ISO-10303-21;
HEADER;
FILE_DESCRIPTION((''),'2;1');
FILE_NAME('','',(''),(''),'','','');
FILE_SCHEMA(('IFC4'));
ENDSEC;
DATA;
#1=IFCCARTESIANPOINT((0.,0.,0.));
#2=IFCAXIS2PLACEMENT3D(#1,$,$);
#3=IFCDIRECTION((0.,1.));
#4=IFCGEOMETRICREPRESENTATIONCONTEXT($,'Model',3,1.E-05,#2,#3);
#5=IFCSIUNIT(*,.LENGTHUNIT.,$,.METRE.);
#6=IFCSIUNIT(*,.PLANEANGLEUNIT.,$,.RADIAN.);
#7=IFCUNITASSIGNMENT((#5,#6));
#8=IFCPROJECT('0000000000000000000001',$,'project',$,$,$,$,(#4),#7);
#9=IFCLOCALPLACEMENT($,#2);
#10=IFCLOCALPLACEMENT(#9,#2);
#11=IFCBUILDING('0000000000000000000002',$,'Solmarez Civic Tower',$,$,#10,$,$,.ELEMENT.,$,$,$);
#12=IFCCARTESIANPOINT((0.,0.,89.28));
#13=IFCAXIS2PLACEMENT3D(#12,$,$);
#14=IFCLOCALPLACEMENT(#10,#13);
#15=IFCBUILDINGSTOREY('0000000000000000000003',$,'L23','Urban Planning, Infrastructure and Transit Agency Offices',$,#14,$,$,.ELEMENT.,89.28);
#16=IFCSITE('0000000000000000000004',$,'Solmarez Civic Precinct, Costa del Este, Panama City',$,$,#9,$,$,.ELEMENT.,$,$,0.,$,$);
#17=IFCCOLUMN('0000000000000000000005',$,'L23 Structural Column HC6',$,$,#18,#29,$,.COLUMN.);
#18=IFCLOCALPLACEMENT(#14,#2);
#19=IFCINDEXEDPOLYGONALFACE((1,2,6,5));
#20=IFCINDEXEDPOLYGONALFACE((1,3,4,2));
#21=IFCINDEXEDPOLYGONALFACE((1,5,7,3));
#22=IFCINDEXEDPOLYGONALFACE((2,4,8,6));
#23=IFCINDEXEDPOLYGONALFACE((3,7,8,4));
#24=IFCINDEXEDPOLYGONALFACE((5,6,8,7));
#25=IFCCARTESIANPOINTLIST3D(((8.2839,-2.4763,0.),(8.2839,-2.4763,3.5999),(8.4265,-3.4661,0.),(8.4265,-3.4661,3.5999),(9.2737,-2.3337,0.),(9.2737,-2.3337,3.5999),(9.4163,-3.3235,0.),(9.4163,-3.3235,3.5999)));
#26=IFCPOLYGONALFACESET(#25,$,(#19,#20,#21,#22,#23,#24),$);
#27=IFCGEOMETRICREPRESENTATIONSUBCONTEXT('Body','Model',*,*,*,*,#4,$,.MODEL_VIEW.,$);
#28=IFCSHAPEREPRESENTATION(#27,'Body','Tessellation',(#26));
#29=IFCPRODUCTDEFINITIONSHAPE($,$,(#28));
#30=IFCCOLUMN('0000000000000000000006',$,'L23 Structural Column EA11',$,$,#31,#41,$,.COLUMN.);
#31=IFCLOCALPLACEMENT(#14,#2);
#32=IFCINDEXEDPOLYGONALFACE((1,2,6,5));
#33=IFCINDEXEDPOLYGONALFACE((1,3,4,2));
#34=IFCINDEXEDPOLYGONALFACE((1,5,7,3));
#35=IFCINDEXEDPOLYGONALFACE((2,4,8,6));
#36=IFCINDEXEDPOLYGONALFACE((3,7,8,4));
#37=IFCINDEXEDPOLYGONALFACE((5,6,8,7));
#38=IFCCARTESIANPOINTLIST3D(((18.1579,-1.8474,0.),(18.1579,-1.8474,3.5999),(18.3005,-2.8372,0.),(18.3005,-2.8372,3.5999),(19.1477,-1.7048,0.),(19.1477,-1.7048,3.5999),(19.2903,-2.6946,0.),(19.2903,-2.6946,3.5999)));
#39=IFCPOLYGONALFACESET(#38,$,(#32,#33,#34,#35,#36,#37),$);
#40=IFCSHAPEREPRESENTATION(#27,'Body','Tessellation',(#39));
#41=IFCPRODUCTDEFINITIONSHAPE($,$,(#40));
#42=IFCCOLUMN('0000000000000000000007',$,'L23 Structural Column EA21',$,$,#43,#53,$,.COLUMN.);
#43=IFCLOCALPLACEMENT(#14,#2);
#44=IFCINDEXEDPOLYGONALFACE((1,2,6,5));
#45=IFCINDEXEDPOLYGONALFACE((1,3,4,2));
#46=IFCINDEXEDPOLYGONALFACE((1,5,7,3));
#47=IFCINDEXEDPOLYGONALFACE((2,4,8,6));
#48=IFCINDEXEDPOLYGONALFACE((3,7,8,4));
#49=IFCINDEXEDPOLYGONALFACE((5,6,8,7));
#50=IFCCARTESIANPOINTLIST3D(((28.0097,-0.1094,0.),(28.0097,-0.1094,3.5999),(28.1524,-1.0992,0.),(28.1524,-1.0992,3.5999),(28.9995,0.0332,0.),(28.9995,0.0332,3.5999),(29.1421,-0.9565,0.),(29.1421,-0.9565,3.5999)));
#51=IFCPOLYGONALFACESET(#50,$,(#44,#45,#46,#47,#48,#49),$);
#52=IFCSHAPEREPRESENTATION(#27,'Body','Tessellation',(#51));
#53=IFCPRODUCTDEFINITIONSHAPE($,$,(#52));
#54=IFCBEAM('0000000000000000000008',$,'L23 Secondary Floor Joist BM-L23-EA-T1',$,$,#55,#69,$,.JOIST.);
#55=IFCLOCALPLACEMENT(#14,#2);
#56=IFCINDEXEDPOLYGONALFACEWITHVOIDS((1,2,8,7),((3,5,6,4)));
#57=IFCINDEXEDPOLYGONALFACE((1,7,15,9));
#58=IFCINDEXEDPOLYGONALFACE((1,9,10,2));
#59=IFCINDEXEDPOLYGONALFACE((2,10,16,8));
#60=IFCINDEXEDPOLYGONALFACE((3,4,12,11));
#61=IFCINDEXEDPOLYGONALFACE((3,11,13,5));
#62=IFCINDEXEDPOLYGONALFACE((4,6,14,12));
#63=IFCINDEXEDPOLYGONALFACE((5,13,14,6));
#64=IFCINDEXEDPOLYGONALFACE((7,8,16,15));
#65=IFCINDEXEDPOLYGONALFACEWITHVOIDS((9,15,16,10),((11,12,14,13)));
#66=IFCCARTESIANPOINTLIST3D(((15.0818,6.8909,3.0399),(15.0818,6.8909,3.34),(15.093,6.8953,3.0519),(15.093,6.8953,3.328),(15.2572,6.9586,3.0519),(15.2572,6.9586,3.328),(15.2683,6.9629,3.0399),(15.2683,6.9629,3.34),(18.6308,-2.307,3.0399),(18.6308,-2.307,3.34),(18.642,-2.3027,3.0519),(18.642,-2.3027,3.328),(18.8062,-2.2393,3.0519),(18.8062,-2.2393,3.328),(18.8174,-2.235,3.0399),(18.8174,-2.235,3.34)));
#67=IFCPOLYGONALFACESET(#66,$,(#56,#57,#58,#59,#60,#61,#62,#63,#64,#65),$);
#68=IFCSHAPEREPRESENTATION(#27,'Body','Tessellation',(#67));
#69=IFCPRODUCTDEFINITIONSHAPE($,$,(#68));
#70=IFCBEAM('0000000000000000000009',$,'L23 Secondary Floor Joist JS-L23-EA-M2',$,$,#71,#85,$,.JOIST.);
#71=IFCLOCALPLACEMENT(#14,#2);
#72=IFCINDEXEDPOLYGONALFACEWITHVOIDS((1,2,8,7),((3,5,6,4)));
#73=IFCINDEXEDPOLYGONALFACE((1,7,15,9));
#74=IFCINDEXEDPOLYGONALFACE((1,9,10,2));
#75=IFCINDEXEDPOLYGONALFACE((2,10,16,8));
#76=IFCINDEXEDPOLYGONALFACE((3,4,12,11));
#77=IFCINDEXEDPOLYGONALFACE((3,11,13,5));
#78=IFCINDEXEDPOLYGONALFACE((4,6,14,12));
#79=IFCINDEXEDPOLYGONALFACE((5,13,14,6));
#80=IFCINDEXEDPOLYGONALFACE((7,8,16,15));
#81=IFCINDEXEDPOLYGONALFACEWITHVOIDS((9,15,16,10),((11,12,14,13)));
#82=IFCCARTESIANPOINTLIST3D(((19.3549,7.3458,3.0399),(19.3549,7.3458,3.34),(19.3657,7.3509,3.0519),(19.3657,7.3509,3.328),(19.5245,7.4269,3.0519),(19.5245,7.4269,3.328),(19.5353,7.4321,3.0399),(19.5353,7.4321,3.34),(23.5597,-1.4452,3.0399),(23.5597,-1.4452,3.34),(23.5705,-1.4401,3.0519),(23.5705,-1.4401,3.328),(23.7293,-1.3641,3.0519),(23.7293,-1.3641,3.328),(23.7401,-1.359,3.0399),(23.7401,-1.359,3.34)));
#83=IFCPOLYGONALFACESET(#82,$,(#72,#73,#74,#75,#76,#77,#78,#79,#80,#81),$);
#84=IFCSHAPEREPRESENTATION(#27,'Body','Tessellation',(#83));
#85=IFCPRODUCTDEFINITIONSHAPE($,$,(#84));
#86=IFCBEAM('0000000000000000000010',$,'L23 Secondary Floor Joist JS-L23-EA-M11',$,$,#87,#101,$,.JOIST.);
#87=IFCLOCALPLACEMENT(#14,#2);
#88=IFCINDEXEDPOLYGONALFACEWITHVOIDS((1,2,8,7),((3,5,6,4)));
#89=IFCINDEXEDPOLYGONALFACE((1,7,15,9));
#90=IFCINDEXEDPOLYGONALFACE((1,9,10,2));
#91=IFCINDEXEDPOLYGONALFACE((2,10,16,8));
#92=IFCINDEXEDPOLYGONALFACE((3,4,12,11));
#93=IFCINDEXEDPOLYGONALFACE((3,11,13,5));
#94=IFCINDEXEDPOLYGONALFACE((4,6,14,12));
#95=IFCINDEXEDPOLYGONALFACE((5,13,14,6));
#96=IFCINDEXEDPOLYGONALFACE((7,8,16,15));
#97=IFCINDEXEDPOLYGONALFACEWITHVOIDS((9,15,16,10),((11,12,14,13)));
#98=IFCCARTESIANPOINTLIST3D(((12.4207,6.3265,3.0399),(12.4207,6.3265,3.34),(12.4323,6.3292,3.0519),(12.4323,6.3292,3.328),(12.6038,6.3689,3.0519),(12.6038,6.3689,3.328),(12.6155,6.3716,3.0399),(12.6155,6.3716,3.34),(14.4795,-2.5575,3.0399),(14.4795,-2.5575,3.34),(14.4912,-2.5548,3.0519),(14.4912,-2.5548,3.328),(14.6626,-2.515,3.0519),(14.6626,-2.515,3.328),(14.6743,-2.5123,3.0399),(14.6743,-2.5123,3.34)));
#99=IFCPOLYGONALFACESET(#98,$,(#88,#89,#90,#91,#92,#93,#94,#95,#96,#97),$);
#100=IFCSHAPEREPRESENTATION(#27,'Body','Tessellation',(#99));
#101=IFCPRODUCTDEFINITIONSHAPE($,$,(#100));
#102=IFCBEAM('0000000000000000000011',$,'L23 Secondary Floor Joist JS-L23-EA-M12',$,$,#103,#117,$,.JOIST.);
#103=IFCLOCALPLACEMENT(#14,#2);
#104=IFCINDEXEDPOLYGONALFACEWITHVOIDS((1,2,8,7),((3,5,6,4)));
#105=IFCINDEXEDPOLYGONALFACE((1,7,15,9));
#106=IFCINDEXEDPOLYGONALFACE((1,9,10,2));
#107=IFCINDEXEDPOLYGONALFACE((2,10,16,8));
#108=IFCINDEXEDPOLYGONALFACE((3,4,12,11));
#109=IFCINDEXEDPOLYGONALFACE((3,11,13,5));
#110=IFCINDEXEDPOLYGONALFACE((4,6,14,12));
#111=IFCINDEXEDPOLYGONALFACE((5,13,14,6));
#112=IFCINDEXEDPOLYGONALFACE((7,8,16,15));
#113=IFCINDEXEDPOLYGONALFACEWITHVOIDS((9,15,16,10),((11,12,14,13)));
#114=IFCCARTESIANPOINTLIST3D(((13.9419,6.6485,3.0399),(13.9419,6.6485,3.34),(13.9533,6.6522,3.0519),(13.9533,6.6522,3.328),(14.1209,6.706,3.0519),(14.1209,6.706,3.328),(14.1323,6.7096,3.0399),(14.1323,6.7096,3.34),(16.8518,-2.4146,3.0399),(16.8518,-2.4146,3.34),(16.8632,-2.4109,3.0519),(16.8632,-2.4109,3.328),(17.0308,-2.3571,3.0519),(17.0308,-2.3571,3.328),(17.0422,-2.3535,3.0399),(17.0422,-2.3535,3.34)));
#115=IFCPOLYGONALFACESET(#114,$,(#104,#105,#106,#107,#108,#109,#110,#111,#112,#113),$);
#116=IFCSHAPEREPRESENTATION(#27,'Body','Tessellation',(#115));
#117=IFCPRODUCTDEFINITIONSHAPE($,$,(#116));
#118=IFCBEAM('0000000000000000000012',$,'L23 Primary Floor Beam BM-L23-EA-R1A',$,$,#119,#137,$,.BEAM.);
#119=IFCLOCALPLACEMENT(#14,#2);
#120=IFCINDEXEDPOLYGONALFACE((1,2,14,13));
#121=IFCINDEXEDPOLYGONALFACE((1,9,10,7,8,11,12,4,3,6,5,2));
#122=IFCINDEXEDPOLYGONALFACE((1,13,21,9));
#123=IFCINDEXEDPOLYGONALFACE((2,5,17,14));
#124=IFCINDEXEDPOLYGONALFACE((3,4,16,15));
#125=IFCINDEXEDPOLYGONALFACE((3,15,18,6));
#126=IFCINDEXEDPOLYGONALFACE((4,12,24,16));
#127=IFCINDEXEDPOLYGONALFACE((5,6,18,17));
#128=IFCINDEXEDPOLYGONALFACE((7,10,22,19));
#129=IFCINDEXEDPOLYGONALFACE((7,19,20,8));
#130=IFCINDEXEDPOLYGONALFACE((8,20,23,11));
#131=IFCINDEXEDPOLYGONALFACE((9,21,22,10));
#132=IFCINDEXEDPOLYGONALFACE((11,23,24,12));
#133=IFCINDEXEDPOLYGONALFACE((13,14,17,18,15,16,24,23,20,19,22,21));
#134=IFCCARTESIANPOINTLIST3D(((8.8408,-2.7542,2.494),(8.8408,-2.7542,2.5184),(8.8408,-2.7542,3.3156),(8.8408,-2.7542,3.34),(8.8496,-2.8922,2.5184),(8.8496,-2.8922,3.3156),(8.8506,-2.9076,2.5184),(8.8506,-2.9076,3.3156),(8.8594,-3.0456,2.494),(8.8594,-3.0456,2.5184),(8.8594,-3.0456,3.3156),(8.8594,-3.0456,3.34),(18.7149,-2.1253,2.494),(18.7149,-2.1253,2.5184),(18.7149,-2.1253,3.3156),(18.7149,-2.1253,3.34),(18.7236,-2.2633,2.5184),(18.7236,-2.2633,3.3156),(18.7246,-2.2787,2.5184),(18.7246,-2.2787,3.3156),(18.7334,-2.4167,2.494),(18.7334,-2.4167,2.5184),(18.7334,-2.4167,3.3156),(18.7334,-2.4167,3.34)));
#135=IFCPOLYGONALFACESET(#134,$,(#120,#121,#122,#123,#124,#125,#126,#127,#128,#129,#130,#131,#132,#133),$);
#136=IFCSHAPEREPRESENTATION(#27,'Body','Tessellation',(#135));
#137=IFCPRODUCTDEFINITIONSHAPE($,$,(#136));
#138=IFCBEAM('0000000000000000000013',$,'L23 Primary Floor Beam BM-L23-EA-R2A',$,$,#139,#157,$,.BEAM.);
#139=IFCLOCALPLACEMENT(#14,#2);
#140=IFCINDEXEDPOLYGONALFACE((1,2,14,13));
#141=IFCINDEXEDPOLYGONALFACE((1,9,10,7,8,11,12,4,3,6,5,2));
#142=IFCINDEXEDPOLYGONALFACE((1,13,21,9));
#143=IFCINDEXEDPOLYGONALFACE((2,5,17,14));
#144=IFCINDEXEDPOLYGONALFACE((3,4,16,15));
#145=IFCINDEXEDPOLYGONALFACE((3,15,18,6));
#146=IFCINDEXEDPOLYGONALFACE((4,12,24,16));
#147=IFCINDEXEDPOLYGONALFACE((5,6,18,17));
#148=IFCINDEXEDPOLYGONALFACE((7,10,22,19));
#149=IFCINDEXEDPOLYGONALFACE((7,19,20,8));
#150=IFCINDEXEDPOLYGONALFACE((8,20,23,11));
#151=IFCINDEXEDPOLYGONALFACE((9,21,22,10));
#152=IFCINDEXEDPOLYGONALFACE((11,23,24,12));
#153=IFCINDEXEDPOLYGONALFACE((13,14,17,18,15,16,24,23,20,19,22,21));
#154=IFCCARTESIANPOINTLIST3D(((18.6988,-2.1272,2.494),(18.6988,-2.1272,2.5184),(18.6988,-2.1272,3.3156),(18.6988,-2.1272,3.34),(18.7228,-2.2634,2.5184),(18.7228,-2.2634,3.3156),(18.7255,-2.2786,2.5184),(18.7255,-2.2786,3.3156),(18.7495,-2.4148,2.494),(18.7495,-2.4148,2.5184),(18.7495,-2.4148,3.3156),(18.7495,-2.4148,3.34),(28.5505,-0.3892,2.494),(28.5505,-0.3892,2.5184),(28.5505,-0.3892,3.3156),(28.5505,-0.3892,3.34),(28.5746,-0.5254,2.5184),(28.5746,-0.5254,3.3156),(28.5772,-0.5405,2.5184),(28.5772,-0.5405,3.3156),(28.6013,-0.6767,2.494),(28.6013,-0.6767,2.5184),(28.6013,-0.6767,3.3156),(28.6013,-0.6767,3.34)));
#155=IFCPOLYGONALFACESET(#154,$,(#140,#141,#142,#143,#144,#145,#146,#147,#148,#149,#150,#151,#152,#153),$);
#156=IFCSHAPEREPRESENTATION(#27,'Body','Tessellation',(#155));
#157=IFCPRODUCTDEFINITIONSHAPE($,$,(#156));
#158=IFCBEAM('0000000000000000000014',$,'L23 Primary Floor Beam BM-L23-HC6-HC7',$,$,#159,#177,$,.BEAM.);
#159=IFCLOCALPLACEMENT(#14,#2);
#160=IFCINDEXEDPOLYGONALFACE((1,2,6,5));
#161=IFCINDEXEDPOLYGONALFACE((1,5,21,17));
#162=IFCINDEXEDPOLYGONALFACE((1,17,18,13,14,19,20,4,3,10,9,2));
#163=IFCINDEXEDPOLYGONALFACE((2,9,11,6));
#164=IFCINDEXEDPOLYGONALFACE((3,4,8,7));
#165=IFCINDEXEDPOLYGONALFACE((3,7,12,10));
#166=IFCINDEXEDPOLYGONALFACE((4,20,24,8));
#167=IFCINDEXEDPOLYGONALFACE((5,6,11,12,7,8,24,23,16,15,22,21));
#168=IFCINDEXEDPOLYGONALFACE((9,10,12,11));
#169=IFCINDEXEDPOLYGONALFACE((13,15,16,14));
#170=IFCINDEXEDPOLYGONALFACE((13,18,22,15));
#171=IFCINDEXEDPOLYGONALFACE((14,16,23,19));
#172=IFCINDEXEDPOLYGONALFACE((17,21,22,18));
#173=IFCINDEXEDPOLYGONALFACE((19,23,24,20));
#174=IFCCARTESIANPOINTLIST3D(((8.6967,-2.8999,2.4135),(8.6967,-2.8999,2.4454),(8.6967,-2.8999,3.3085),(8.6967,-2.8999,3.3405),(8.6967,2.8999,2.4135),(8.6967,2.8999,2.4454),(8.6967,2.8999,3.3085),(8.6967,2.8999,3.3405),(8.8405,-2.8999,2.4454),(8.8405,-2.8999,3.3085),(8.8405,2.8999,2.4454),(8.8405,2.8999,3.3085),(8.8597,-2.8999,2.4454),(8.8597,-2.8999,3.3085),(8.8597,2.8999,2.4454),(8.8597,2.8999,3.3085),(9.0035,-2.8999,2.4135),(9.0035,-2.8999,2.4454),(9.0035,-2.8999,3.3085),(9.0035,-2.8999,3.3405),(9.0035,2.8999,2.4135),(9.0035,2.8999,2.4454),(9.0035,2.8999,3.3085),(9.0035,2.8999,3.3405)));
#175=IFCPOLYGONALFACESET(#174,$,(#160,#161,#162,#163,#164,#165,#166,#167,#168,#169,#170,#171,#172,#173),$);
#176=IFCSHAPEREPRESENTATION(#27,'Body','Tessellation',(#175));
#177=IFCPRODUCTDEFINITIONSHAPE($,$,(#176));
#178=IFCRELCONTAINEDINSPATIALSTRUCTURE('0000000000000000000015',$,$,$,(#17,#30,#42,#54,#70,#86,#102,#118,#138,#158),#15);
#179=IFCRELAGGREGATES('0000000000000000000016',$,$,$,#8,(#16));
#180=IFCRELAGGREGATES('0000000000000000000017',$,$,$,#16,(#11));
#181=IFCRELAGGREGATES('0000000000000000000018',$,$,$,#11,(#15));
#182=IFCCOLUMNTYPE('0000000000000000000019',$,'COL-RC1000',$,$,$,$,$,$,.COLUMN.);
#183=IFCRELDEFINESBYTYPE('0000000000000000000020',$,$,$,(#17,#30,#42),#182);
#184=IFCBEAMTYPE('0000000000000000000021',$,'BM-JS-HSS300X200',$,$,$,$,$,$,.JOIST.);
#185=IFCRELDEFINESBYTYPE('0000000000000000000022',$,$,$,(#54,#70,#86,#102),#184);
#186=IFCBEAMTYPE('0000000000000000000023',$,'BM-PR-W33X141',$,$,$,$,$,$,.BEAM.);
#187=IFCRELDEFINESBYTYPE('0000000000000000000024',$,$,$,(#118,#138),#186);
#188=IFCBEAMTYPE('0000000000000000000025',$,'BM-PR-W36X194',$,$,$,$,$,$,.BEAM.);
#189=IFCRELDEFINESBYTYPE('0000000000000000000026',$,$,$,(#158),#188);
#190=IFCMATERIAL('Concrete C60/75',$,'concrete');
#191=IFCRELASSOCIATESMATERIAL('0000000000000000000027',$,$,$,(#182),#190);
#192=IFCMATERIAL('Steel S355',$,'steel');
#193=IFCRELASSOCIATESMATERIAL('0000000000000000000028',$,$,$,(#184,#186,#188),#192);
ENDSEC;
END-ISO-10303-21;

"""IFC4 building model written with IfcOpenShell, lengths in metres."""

from ifc_helpers import new_model, si_unit, direction, frame, origin, origin_2d, place, context, subcontext, project, spatial, rectangle, hollow_rectangle, i_section, extrude, material, material_profile, profile_set, type_object, element, save


model = new_model("IFC4")

# Units and contexts
model_context = context("Model", 3, precision=1e-05, world=origin(), true_north=direction((0.0, 1.0)))
body_context = subcontext(model_context, "Body", "Model", "MODEL_VIEW")
ifc_project = project(units=[si_unit("LENGTHUNIT", "METRE"), si_unit("PLANEANGLEUNIT", "RADIAN")], contexts=[model_context])

# Site, building, storey
site_placement = place(None, origin())
site = spatial("IfcSite", under=ifc_project, at=site_placement, Name="Solmarez Civic Precinct, Costa del Este, Panama City", CompositionType="ELEMENT", RefElevation=0.0)
building_placement = place(site_placement, origin())
building = spatial("IfcBuilding", under=site, at=building_placement, Name="Solmarez Civic Tower", CompositionType="ELEMENT")
storey_placement = place(building_placement, frame((0.0, 0.0, 89.28)))
storey = spatial("IfcBuildingStorey", under=building, at=storey_placement, Name="L23", Description="Urban Planning, Infrastructure and Transit Agency Offices", CompositionType="ELEMENT", Elevation=89.28)

# Columns
ifc_material_1 = material(Name="Concrete C60/75", Category="concrete")
ifc_material_profile_1 = material_profile(ifc_material_1, rectangle(XDim=1.0, YDim=1.0, at=origin_2d()), Name="RC1000X1000")
ifc_profile_set_1 = profile_set([ifc_material_profile_1], Name="Concrete C60/75")
column_type = type_object("IfcColumnType", Name="COL-RC1000", PredefinedType="COLUMN", material=ifc_profile_set_1)
for number, where, z_axis, x_axis, name in (
    (1, (8.8501, -2.8999, 0.0), (0.0, 0.0, 1.0), (0.989776, 0.142629, 0.0), "L23 Structural Column HC6"),
    (2, (18.7241, -2.271, 0.0), (0.0, 0.0, 1.0), (0.989776, 0.142629, 0.0), "L23 Structural Column EA11"),
    (3, (28.5759, -0.533, 0.0), (0.0, 0.0, 1.0), (0.989776, 0.142629, 0.0), "L23 Structural Column EA21"),
):
    element("IfcColumn", number, at=place(storey_placement, frame(where, z_axis=z_axis, x_axis=x_axis)), inside=storey, type_object=column_type, Name=name, PredefinedType="COLUMN", context=body_context, shape_type="SweptSolid", body=[
        extrude(rectangle(XDim=1.0, YDim=1.0, at=origin_2d()), origin(), (0.0, 0.0, 1.0), 3.5999),
    ])

# Beams
ifc_material_2 = material(Name="Steel S355", Category="steel")
ifc_material_profile_2 = material_profile(ifc_material_2, hollow_rectangle(XDim=0.2, YDim=0.3, WallThickness=0.012, at=origin_2d()), Name="HSS300X200X12")
ifc_profile_set_2 = profile_set([ifc_material_profile_2], Name="Steel S355")
beam_type_1 = type_object("IfcBeamType", Name="BM-JS-HSS300X200", PredefinedType="JOIST", material=ifc_profile_set_2)
beam_1_placement = place(storey_placement, frame((18.7241, -2.271, 3.1899), z_axis=(-0.359984, 0.932958, 0.0), x_axis=(-0.932958, -0.359984, 0.0)))
element("IfcBeam", 4, at=beam_1_placement, inside=storey, type_object=beam_type_1, Name="L23 Secondary Floor Joist BM-L23-EA-T1", PredefinedType="JOIST", context=body_context, shape_type="SweptSolid", body=[
    extrude(hollow_rectangle(XDim=0.2, YDim=0.3, WallThickness=0.012, at=origin_2d()), origin(), (0.0, 0.0, 1.0), 9.8589),
])
beam_2_placement = place(storey_placement, frame((23.6499, -1.4021, 3.1899), z_axis=(-0.431492, 0.902117, 0.0), x_axis=(-0.902117, -0.431492, 0.0)))
element("IfcBeam", 5, at=beam_2_placement, inside=storey, type_object=beam_type_1, Name="L23 Secondary Floor Joist JS-L23-EA-M2", PredefinedType="JOIST", context=body_context, shape_type="SweptSolid", body=[
    extrude(hollow_rectangle(XDim=0.2, YDim=0.3, WallThickness=0.012, at=origin_2d()), origin(), (0.0, 0.0, 1.0), 9.7449),
])
beam_3_placement = place(storey_placement, frame((14.5769, -2.5349, 3.1899), z_axis=(-0.225763, 0.974182, 0.0), x_axis=(-0.974182, -0.225763, 0.0)))
element("IfcBeam", 6, at=beam_3_placement, inside=storey, type_object=beam_type_1, Name="L23 Secondary Floor Joist JS-L23-EA-M11", PredefinedType="JOIST", context=body_context, shape_type="SweptSolid", body=[
    extrude(hollow_rectangle(XDim=0.2, YDim=0.3, WallThickness=0.012, at=origin_2d()), origin(), (0.0, 0.0, 1.0), 9.1194),
])
beam_4_placement = place(storey_placement, frame((16.947, -2.384, 3.1899), z_axis=(-0.305705, 0.952126, 0.0), x_axis=(-0.952126, -0.305705, 0.0)))
element("IfcBeam", 7, at=beam_4_placement, inside=storey, type_object=beam_type_1, Name="L23 Secondary Floor Joist JS-L23-EA-M12", PredefinedType="JOIST", context=body_context, shape_type="SweptSolid", body=[
    extrude(hollow_rectangle(XDim=0.2, YDim=0.3, WallThickness=0.012, at=origin_2d()), origin(), (0.0, 0.0, 1.0), 9.5188),
])
ifc_material_profile_3 = material_profile(ifc_material_2, i_section(OverallWidth=0.292, OverallDepth=0.8459, WebThickness=0.0154, FlangeThickness=0.0244, at=origin_2d()), Name="W33X141")
ifc_profile_set_3 = profile_set([ifc_material_profile_3], Name="Steel S355")
beam_type_2 = type_object("IfcBeamType", Name="BM-PR-W33X141", PredefinedType="BEAM", material=ifc_profile_set_3)
beam_5_placement = place(storey_placement, frame((8.8501, -2.8999, 2.917), z_axis=(0.997978, 0.063564, 0.0), x_axis=(-0.063564, 0.997978, 0.0)))
element("IfcBeam", 8, at=beam_5_placement, inside=storey, type_object=beam_type_2, Name="L23 Primary Floor Beam BM-L23-EA-R1A", PredefinedType="BEAM", context=body_context, shape_type="SweptSolid", body=[
    extrude(i_section(OverallWidth=0.292, OverallDepth=0.8459, WebThickness=0.0154, FlangeThickness=0.0244, at=origin_2d()), origin(), (0.0, 0.0, 1.0), 9.894),
])
beam_6_placement = place(storey_placement, frame((18.7241, -2.271, 2.917), z_axis=(0.984792, 0.173735, 0.0), x_axis=(-0.173735, 0.984792, 0.0)))
element("IfcBeam", 9, at=beam_6_placement, inside=storey, type_object=beam_type_2, Name="L23 Primary Floor Beam BM-L23-EA-R2A", PredefinedType="BEAM", context=body_context, shape_type="SweptSolid", body=[
    extrude(i_section(OverallWidth=0.292, OverallDepth=0.8459, WebThickness=0.0154, FlangeThickness=0.0244, at=origin_2d()), origin(), (0.0, 0.0, 1.0), 10.0039),
])
ifc_material_profile_4 = material_profile(ifc_material_2, i_section(OverallWidth=0.3069, OverallDepth=0.927, WebThickness=0.0193, FlangeThickness=0.032, at=origin_2d()), Name="W36X194")
ifc_profile_set_4 = profile_set([ifc_material_profile_4], Name="Steel S355")
beam_type_3 = type_object("IfcBeamType", Name="BM-PR-W36X194", PredefinedType="BEAM", material=ifc_profile_set_4)
beam_7_placement = place(storey_placement, frame((8.8501, -2.8999, 2.877), z_axis=(0.0, 1.0, 0.0), x_axis=(-1.0, 0.0, 0.0)))
element("IfcBeam", 10, at=beam_7_placement, inside=storey, type_object=beam_type_3, Name="L23 Primary Floor Beam BM-L23-HC6-HC7", PredefinedType="BEAM", context=body_context, shape_type="SweptSolid", body=[
    extrude(i_section(OverallWidth=0.3069, OverallDepth=0.927, WebThickness=0.0193, FlangeThickness=0.032, at=origin_2d()), origin(), (0.0, 0.0, 1.0), 5.7998),
])

save(model, "model.ifc")
